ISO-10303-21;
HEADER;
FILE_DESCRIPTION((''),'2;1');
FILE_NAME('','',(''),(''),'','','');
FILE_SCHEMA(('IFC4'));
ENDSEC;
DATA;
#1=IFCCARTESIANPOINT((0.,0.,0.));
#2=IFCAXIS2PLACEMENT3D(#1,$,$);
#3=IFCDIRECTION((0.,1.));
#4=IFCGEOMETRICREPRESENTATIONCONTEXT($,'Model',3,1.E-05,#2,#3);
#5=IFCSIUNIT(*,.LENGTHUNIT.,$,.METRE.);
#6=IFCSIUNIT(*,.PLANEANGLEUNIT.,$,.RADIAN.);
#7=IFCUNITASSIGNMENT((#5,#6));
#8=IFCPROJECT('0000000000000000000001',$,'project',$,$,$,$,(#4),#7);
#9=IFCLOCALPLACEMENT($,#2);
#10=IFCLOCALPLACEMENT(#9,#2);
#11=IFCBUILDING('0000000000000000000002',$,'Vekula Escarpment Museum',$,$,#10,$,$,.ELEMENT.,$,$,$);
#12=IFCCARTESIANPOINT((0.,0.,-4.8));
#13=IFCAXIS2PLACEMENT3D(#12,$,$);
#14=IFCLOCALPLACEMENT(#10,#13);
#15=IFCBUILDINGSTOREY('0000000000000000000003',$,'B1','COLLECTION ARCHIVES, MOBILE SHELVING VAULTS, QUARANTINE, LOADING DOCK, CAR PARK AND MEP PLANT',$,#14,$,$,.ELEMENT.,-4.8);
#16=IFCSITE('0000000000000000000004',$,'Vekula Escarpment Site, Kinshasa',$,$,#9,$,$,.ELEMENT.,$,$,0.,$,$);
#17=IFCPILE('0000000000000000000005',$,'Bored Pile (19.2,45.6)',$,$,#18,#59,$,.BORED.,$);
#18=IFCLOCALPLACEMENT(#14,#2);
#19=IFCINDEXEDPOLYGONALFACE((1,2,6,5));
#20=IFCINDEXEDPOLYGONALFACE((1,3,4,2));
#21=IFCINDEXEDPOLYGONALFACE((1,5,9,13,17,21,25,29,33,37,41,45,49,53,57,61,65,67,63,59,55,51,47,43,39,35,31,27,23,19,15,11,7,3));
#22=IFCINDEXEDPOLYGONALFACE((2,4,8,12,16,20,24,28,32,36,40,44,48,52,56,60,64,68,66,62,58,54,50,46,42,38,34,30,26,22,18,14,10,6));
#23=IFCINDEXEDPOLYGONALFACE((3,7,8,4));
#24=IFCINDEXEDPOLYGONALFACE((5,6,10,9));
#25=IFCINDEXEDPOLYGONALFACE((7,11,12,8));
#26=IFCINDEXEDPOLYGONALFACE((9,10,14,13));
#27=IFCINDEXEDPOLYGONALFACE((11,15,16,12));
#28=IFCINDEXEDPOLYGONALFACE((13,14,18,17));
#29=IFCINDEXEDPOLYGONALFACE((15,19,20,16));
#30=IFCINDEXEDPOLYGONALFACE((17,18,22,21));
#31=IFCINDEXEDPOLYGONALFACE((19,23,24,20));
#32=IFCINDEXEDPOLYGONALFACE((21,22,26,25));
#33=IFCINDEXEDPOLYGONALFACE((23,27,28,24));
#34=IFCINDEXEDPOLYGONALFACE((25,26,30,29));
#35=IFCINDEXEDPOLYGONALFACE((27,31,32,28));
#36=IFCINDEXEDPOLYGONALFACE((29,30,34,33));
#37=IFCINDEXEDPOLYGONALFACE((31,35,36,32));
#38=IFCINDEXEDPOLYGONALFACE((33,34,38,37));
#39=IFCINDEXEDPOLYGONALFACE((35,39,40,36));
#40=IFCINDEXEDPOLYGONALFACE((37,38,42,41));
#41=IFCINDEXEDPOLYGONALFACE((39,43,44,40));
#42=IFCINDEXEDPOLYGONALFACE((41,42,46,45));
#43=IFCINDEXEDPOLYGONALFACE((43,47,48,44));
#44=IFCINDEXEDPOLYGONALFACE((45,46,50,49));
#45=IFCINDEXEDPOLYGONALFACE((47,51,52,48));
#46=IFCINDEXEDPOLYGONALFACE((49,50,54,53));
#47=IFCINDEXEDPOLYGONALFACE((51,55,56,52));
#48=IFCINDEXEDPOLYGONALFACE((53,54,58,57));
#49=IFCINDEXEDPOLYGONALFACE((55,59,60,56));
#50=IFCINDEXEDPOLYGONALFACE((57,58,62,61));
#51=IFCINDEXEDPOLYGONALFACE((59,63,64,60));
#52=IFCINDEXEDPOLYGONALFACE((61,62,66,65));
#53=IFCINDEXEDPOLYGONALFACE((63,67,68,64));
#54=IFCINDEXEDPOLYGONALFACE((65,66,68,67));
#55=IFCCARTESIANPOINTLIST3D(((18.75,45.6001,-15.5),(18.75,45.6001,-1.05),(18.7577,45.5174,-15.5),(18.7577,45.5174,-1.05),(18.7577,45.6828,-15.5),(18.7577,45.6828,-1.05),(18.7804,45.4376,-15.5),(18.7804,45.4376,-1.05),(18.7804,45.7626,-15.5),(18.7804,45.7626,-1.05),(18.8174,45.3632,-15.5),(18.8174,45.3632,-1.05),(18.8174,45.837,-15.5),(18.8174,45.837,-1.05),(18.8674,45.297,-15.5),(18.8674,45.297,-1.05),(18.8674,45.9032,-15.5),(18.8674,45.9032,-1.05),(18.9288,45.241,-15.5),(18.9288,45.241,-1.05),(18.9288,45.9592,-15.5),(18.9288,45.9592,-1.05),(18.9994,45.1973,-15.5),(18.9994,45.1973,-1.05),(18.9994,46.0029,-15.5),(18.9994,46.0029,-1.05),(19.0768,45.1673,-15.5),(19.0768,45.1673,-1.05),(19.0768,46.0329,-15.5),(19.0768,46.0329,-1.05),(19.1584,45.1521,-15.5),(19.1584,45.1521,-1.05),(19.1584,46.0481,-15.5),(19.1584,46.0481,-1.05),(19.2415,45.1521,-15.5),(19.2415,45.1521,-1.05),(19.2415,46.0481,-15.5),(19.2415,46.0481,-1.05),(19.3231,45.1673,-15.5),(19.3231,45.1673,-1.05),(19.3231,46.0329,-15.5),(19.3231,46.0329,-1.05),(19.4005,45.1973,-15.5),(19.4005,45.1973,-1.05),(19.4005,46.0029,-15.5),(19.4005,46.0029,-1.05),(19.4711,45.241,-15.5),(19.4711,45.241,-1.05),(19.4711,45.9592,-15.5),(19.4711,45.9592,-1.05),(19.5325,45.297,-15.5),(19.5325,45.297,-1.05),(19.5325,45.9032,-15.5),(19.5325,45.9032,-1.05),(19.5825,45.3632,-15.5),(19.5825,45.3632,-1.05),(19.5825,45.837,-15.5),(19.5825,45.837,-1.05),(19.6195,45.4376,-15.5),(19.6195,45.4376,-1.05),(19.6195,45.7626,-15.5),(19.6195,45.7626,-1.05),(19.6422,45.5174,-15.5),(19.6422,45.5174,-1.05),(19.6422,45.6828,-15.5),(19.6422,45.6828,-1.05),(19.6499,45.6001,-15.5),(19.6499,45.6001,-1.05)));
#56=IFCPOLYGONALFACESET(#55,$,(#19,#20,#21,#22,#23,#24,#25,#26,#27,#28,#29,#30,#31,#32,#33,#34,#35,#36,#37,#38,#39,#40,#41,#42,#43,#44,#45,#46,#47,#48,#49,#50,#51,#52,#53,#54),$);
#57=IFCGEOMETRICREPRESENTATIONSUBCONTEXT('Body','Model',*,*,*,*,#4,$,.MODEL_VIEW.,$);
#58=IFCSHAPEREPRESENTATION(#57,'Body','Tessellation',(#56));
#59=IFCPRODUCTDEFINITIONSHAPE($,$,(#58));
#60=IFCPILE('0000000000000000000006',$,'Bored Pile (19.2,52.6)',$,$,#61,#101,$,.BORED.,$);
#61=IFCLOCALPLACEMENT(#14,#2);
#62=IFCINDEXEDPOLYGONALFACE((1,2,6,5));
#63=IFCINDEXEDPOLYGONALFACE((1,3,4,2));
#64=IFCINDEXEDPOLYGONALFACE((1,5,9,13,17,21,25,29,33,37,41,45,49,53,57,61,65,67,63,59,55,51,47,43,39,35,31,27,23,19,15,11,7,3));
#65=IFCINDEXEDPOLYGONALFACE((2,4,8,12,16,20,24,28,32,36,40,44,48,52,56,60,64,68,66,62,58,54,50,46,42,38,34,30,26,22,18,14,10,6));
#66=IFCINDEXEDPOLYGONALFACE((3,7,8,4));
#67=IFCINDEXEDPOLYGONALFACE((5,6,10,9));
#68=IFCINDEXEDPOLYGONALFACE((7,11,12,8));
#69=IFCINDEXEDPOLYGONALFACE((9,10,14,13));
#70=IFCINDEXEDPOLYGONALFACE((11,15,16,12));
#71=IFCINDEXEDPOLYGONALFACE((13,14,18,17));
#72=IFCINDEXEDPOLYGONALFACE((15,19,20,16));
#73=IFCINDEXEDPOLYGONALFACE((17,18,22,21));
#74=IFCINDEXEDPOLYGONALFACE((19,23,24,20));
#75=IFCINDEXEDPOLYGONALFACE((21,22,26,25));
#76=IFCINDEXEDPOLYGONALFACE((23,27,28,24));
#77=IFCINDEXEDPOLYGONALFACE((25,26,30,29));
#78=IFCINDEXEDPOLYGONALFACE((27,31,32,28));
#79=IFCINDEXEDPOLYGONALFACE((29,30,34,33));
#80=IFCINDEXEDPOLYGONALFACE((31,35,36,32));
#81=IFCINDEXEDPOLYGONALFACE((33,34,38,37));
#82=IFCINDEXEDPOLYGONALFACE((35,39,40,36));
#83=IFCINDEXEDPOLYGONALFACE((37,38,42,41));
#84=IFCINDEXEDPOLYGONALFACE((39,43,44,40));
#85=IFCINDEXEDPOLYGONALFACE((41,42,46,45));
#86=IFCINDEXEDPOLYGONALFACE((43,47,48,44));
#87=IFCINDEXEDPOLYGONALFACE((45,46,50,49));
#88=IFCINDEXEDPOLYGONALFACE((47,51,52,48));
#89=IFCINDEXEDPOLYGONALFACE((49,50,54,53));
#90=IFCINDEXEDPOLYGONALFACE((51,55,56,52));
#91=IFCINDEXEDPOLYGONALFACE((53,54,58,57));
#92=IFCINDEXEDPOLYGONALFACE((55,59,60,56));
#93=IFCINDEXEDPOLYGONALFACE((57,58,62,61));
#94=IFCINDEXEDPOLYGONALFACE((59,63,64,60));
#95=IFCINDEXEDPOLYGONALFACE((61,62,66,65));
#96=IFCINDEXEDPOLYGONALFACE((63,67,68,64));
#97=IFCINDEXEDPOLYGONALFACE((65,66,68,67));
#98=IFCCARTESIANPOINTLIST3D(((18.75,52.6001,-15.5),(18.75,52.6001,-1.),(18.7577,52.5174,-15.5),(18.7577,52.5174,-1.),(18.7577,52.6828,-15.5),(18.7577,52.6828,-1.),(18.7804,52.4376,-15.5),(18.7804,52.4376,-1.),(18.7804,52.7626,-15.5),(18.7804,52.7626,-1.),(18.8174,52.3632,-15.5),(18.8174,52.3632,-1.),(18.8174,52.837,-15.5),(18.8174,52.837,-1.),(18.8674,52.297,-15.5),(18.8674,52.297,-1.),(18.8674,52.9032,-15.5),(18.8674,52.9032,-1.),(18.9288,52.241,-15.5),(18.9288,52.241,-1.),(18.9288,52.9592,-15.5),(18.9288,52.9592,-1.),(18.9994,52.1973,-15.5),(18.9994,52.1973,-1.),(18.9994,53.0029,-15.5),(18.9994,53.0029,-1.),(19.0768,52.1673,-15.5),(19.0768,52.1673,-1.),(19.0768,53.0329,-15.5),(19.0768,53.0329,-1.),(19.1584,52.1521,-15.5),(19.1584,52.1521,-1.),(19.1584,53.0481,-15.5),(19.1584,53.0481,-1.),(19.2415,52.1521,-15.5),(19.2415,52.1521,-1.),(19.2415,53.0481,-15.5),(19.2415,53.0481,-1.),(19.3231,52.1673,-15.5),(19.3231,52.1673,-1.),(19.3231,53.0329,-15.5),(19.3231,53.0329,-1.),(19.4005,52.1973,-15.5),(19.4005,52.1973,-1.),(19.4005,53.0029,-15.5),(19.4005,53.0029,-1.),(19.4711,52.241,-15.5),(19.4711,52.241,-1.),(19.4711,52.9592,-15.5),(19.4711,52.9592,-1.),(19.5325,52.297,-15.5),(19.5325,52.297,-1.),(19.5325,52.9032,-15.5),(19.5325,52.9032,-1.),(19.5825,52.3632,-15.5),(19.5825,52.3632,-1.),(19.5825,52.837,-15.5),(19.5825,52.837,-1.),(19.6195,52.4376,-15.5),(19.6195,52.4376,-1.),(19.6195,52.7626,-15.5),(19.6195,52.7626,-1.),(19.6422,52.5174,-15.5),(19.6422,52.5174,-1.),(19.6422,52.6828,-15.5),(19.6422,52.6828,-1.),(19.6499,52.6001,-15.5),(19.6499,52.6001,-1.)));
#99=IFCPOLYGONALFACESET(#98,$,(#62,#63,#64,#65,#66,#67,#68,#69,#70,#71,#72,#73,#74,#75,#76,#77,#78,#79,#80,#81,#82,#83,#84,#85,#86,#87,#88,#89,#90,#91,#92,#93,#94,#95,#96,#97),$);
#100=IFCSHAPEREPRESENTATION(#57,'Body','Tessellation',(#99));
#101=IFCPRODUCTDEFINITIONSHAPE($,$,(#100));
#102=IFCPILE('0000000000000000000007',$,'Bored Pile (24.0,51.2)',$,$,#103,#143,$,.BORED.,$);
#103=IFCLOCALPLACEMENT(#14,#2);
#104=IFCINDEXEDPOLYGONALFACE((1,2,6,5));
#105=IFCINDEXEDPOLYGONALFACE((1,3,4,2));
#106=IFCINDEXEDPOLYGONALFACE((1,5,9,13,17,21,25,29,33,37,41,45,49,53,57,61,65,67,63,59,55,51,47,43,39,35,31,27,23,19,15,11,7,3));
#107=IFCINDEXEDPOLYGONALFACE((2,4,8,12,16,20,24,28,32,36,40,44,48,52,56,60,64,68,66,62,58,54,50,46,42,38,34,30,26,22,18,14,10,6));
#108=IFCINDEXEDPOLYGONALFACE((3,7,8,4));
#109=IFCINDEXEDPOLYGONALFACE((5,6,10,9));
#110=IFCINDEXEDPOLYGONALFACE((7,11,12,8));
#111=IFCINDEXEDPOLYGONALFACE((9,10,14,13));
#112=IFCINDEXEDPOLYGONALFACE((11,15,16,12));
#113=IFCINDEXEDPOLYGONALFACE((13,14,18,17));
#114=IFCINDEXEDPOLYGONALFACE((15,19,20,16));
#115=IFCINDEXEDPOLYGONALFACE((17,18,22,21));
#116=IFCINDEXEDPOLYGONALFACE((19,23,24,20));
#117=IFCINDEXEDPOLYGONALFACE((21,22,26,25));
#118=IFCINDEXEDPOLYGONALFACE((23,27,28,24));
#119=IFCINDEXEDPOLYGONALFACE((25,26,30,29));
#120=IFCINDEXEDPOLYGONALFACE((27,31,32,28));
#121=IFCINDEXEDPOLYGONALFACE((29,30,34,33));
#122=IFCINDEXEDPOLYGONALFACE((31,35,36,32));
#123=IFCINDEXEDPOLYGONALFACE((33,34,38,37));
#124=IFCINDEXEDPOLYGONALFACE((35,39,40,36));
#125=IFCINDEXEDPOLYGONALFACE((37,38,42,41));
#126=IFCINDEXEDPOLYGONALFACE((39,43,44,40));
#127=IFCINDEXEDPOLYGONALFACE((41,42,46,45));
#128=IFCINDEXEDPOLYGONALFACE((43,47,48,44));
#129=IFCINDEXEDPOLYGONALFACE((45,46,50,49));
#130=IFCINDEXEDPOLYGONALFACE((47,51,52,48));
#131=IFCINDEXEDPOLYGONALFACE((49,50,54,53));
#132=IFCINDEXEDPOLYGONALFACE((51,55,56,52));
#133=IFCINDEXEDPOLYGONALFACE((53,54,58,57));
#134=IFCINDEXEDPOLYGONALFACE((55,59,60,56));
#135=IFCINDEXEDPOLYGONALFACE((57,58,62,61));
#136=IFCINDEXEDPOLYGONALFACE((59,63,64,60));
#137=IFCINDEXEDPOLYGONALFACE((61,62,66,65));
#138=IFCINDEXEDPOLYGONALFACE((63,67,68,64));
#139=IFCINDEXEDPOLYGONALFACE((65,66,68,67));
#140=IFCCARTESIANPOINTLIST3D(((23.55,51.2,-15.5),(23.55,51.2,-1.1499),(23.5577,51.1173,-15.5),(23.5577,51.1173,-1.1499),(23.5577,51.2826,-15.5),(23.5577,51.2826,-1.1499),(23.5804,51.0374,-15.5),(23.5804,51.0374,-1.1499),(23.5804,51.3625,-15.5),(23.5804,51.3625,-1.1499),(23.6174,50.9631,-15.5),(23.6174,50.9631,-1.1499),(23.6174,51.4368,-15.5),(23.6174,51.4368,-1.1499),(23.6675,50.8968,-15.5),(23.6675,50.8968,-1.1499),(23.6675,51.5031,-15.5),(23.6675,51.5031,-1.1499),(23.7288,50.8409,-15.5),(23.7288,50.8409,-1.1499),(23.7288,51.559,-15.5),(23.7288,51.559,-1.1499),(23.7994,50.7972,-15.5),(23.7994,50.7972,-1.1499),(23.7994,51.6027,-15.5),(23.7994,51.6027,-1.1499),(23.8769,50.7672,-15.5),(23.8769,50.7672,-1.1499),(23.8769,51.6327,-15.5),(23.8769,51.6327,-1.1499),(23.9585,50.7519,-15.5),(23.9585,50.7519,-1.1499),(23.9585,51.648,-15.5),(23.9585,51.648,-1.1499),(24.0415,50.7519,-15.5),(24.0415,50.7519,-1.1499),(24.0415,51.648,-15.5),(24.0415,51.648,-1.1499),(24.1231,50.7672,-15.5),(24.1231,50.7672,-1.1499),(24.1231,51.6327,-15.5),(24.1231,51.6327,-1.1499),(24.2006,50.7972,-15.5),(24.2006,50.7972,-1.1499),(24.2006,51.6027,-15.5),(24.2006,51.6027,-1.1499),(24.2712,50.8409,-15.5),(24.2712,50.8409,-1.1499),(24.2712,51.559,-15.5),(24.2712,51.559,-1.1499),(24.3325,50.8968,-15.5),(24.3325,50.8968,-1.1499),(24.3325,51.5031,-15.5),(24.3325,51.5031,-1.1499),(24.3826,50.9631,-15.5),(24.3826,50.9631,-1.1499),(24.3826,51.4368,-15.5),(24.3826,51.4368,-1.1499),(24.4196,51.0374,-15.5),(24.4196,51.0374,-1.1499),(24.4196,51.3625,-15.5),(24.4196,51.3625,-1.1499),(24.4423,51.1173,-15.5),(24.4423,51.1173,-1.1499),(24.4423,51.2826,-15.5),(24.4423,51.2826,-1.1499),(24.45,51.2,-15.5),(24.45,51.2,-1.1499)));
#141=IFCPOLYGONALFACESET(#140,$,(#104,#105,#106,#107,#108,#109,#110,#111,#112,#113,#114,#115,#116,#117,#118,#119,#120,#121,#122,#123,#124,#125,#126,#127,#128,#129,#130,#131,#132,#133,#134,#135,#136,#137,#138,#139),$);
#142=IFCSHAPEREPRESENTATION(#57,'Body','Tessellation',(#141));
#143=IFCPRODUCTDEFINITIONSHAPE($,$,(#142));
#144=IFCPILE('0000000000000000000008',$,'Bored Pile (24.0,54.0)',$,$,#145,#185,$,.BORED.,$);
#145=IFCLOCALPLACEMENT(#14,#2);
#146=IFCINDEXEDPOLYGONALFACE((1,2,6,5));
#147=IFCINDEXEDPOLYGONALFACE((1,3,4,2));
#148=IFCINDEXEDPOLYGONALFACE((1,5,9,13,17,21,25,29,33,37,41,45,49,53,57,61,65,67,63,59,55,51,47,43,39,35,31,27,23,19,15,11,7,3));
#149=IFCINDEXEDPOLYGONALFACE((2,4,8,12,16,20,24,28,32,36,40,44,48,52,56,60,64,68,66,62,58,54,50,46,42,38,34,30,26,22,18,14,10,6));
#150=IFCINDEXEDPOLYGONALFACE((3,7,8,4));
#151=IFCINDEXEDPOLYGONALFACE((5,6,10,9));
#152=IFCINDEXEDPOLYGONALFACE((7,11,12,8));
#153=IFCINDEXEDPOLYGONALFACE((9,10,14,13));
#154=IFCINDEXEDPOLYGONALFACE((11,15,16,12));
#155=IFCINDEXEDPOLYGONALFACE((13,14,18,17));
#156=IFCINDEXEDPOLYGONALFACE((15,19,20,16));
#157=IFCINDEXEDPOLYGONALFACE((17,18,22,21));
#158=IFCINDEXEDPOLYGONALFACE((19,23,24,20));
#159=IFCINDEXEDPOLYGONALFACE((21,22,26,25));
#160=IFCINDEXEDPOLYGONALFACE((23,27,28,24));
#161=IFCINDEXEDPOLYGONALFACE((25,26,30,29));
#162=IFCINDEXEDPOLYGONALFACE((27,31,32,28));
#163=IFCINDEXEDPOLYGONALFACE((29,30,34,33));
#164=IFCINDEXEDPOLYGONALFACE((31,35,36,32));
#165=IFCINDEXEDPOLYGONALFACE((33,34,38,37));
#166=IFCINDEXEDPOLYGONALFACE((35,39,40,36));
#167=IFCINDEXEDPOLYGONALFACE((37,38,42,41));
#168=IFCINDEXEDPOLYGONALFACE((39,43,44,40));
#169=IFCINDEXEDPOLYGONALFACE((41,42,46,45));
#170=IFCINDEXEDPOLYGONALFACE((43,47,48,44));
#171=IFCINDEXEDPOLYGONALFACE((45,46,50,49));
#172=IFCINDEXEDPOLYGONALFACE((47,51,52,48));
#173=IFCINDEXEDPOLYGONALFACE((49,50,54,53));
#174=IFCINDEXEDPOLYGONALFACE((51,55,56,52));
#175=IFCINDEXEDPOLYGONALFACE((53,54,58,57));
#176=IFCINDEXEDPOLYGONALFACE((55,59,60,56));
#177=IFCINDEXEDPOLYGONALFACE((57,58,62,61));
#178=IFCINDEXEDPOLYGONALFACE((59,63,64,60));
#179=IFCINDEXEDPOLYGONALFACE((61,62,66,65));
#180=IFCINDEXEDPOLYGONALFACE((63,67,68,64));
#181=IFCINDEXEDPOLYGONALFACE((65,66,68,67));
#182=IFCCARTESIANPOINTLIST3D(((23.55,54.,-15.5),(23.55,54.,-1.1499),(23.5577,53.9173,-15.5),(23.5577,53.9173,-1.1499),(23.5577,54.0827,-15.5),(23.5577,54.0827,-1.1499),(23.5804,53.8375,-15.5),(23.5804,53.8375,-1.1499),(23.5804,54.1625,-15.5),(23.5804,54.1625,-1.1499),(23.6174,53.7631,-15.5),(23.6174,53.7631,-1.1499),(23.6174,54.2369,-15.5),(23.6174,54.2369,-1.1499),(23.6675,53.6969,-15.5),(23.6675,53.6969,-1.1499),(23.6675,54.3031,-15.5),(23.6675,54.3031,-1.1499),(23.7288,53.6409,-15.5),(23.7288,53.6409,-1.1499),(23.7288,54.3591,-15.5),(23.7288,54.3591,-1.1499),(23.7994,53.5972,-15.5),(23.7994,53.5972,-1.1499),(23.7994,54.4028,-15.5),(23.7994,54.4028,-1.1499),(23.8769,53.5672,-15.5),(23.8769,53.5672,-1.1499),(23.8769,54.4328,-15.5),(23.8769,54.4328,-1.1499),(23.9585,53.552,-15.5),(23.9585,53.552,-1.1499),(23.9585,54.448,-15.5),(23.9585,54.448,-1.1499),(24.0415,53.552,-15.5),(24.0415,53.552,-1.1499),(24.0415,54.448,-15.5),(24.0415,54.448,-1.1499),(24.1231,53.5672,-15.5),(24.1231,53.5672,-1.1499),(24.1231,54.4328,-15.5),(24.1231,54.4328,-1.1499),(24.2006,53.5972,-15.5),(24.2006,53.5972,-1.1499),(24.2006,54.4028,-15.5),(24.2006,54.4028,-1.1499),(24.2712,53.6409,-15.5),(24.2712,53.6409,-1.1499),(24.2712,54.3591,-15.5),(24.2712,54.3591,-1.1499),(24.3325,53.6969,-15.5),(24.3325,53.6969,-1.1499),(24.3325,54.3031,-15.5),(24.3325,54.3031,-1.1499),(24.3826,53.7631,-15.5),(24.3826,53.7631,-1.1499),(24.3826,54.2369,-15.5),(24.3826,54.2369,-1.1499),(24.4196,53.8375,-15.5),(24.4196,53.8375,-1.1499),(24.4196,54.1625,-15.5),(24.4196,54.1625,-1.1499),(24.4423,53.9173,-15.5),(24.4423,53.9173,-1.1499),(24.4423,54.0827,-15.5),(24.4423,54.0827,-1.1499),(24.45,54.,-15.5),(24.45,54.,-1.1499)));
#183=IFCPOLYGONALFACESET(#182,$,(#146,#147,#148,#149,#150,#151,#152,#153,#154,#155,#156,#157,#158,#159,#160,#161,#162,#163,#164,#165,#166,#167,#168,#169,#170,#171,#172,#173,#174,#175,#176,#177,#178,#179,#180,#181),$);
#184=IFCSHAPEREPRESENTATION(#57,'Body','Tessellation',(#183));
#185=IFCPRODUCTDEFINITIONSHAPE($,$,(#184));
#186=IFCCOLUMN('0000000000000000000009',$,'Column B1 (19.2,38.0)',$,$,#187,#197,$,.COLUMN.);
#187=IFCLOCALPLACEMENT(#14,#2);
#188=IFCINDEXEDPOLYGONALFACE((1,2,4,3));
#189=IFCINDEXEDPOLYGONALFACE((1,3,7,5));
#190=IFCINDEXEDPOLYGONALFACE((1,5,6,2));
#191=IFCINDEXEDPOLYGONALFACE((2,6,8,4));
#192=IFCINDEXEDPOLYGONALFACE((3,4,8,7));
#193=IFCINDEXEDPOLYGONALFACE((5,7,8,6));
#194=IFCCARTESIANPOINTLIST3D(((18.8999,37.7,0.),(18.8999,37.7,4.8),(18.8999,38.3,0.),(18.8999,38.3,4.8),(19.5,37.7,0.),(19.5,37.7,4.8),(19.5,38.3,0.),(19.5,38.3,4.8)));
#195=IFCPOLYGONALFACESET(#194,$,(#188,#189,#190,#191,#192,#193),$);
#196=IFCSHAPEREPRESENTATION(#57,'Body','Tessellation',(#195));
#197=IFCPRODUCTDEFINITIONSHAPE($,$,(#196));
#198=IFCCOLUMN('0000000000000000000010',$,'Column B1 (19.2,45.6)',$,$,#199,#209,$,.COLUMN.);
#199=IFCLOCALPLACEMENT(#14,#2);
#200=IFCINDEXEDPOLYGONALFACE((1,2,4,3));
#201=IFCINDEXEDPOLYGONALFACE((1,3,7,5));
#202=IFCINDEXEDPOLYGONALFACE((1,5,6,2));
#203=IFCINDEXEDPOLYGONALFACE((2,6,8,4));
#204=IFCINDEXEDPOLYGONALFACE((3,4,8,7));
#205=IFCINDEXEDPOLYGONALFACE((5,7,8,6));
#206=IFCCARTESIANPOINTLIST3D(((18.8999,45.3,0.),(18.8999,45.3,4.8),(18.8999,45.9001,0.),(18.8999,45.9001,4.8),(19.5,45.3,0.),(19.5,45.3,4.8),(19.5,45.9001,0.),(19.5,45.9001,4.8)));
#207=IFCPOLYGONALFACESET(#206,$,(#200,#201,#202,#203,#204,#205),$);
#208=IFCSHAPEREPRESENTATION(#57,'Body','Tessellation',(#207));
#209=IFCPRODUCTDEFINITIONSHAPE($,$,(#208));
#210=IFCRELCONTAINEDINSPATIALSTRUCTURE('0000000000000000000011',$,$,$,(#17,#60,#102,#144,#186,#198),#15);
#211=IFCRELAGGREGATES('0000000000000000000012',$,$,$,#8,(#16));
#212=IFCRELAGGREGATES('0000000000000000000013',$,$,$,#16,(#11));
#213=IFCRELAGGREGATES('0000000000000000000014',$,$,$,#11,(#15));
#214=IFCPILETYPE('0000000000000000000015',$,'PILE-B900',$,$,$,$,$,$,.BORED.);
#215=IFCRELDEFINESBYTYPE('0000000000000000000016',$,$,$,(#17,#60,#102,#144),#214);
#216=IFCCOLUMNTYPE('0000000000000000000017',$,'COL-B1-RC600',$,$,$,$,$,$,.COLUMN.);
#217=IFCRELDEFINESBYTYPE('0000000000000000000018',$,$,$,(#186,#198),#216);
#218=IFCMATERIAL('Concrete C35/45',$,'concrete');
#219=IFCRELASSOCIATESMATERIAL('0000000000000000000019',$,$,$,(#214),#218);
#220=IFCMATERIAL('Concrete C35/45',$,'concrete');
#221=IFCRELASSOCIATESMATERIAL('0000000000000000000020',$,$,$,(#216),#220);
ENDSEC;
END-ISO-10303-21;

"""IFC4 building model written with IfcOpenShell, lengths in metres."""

from ifc_helpers import new_model, si_unit, direction, frame, origin, origin_2d, place, context, subcontext, project, spatial, rectangle, circle, extrude, material, material_profile, profile_set, type_object, element, save


model = new_model("IFC4")

# Units and contexts
model_context = context("Model", 3, precision=1e-05, world=origin(), true_north=direction((0.0, 1.0)))
body_context = subcontext(model_context, "Body", "Model", "MODEL_VIEW")
ifc_project = project(units=[si_unit("LENGTHUNIT", "METRE"), si_unit("PLANEANGLEUNIT", "RADIAN")], contexts=[model_context])

# Site, building, storey
site_placement = place(None, origin())
site = spatial("IfcSite", under=ifc_project, at=site_placement, Name="Vekula Escarpment Site, Kinshasa", CompositionType="ELEMENT", RefElevation=0.0)
building_placement = place(site_placement, origin())
building = spatial("IfcBuilding", under=site, at=building_placement, Name="Vekula Escarpment Museum", CompositionType="ELEMENT")
storey_placement = place(building_placement, frame((0.0, 0.0, -4.8)))
storey = spatial("IfcBuildingStorey", under=building, at=storey_placement, Name="B1", Description="COLLECTION ARCHIVES, MOBILE SHELVING VAULTS, QUARANTINE, LOADING DOCK, CAR PARK AND MEP PLANT", CompositionType="ELEMENT", Elevation=-4.8)

# Piles
ifc_material_1 = material(Name="Concrete C35/45", Category="concrete")
ifc_material_profile_1 = material_profile(ifc_material_1, circle(Radius=0.45, at=origin_2d()), Name="BORED PILE 900")
ifc_profile_set_1 = profile_set([ifc_material_profile_1], Name="Concrete C35/45")
pile_type = type_object("IfcPileType", Name="PILE-B900", PredefinedType="BORED", material=ifc_profile_set_1)
pile_1_placement = place(storey_placement, frame((19.2, 45.6001, -1.05), z_axis=(0.0, 0.0, -1.0), x_axis=(1.0, 0.0, 0.0)))
element("IfcPile", 1, at=pile_1_placement, inside=storey, type_object=pile_type, Name="Bored Pile (19.2,45.6)", PredefinedType="BORED", context=body_context, shape_type="SweptSolid", body=[
    extrude(circle(Radius=0.45, at=origin_2d()), origin(), (0.0, 0.0, 1.0), 14.45),
])
pile_2_placement = place(storey_placement, frame((19.2, 52.6001, -1.0), z_axis=(0.0, 0.0, -1.0), x_axis=(1.0, 0.0, 0.0)))
element("IfcPile", 2, at=pile_2_placement, inside=storey, type_object=pile_type, Name="Bored Pile (19.2,52.6)", PredefinedType="BORED", context=body_context, shape_type="SweptSolid", body=[
    extrude(circle(Radius=0.45, at=origin_2d()), origin(), (0.0, 0.0, 1.0), 14.5),
])
for number, where, z_axis, x_axis, name in (
    (3, (24.0, 51.2, -1.1499), (0.0, 0.0, -1.0), (1.0, 0.0, 0.0), "Bored Pile (24.0,51.2)"),
    (4, (24.0, 54.0, -1.1499), (0.0, 0.0, -1.0), (1.0, 0.0, 0.0), "Bored Pile (24.0,54.0)"),
):
    element("IfcPile", number, at=place(storey_placement, frame(where, z_axis=z_axis, x_axis=x_axis)), inside=storey, type_object=pile_type, Name=name, PredefinedType="BORED", context=body_context, shape_type="SweptSolid", body=[
        extrude(circle(Radius=0.45, at=origin_2d()), origin(), (0.0, 0.0, 1.0), 14.3501),
    ])

# Columns
ifc_material_2 = material(Name="Concrete C35/45", Category="concrete")
ifc_material_profile_2 = material_profile(ifc_material_2, rectangle(XDim=0.6001, YDim=0.6001, at=origin_2d()), Name="RC 600x600")
ifc_profile_set_2 = profile_set([ifc_material_profile_2], Name="Concrete C35/45")
column_type_1 = type_object("IfcColumnType", Name="COL-B1-RC600", PredefinedType="COLUMN", material=ifc_profile_set_2)
for number, where, z_axis, x_axis, name in (
    (5, (19.2, 38.0, 0.0), (0.0, 0.0, 1.0), (1.0, 0.0, 0.0), "Column B1 (19.2,38.0)"),
    (6, (19.2, 45.6001, 0.0), (0.0, 0.0, 1.0), (1.0, 0.0, 0.0), "Column B1 (19.2,45.6)"),
):
    element("IfcColumn", number, at=place(storey_placement, frame(where, z_axis=z_axis, x_axis=x_axis)), inside=storey, type_object=column_type_1, Name=name, PredefinedType="COLUMN", context=body_context, shape_type="SweptSolid", body=[
        extrude(rectangle(XDim=0.6001, YDim=0.6001, at=origin_2d()), origin(), (0.0, 0.0, 1.0), 4.8),
    ])

save(model, "model.ifc")
